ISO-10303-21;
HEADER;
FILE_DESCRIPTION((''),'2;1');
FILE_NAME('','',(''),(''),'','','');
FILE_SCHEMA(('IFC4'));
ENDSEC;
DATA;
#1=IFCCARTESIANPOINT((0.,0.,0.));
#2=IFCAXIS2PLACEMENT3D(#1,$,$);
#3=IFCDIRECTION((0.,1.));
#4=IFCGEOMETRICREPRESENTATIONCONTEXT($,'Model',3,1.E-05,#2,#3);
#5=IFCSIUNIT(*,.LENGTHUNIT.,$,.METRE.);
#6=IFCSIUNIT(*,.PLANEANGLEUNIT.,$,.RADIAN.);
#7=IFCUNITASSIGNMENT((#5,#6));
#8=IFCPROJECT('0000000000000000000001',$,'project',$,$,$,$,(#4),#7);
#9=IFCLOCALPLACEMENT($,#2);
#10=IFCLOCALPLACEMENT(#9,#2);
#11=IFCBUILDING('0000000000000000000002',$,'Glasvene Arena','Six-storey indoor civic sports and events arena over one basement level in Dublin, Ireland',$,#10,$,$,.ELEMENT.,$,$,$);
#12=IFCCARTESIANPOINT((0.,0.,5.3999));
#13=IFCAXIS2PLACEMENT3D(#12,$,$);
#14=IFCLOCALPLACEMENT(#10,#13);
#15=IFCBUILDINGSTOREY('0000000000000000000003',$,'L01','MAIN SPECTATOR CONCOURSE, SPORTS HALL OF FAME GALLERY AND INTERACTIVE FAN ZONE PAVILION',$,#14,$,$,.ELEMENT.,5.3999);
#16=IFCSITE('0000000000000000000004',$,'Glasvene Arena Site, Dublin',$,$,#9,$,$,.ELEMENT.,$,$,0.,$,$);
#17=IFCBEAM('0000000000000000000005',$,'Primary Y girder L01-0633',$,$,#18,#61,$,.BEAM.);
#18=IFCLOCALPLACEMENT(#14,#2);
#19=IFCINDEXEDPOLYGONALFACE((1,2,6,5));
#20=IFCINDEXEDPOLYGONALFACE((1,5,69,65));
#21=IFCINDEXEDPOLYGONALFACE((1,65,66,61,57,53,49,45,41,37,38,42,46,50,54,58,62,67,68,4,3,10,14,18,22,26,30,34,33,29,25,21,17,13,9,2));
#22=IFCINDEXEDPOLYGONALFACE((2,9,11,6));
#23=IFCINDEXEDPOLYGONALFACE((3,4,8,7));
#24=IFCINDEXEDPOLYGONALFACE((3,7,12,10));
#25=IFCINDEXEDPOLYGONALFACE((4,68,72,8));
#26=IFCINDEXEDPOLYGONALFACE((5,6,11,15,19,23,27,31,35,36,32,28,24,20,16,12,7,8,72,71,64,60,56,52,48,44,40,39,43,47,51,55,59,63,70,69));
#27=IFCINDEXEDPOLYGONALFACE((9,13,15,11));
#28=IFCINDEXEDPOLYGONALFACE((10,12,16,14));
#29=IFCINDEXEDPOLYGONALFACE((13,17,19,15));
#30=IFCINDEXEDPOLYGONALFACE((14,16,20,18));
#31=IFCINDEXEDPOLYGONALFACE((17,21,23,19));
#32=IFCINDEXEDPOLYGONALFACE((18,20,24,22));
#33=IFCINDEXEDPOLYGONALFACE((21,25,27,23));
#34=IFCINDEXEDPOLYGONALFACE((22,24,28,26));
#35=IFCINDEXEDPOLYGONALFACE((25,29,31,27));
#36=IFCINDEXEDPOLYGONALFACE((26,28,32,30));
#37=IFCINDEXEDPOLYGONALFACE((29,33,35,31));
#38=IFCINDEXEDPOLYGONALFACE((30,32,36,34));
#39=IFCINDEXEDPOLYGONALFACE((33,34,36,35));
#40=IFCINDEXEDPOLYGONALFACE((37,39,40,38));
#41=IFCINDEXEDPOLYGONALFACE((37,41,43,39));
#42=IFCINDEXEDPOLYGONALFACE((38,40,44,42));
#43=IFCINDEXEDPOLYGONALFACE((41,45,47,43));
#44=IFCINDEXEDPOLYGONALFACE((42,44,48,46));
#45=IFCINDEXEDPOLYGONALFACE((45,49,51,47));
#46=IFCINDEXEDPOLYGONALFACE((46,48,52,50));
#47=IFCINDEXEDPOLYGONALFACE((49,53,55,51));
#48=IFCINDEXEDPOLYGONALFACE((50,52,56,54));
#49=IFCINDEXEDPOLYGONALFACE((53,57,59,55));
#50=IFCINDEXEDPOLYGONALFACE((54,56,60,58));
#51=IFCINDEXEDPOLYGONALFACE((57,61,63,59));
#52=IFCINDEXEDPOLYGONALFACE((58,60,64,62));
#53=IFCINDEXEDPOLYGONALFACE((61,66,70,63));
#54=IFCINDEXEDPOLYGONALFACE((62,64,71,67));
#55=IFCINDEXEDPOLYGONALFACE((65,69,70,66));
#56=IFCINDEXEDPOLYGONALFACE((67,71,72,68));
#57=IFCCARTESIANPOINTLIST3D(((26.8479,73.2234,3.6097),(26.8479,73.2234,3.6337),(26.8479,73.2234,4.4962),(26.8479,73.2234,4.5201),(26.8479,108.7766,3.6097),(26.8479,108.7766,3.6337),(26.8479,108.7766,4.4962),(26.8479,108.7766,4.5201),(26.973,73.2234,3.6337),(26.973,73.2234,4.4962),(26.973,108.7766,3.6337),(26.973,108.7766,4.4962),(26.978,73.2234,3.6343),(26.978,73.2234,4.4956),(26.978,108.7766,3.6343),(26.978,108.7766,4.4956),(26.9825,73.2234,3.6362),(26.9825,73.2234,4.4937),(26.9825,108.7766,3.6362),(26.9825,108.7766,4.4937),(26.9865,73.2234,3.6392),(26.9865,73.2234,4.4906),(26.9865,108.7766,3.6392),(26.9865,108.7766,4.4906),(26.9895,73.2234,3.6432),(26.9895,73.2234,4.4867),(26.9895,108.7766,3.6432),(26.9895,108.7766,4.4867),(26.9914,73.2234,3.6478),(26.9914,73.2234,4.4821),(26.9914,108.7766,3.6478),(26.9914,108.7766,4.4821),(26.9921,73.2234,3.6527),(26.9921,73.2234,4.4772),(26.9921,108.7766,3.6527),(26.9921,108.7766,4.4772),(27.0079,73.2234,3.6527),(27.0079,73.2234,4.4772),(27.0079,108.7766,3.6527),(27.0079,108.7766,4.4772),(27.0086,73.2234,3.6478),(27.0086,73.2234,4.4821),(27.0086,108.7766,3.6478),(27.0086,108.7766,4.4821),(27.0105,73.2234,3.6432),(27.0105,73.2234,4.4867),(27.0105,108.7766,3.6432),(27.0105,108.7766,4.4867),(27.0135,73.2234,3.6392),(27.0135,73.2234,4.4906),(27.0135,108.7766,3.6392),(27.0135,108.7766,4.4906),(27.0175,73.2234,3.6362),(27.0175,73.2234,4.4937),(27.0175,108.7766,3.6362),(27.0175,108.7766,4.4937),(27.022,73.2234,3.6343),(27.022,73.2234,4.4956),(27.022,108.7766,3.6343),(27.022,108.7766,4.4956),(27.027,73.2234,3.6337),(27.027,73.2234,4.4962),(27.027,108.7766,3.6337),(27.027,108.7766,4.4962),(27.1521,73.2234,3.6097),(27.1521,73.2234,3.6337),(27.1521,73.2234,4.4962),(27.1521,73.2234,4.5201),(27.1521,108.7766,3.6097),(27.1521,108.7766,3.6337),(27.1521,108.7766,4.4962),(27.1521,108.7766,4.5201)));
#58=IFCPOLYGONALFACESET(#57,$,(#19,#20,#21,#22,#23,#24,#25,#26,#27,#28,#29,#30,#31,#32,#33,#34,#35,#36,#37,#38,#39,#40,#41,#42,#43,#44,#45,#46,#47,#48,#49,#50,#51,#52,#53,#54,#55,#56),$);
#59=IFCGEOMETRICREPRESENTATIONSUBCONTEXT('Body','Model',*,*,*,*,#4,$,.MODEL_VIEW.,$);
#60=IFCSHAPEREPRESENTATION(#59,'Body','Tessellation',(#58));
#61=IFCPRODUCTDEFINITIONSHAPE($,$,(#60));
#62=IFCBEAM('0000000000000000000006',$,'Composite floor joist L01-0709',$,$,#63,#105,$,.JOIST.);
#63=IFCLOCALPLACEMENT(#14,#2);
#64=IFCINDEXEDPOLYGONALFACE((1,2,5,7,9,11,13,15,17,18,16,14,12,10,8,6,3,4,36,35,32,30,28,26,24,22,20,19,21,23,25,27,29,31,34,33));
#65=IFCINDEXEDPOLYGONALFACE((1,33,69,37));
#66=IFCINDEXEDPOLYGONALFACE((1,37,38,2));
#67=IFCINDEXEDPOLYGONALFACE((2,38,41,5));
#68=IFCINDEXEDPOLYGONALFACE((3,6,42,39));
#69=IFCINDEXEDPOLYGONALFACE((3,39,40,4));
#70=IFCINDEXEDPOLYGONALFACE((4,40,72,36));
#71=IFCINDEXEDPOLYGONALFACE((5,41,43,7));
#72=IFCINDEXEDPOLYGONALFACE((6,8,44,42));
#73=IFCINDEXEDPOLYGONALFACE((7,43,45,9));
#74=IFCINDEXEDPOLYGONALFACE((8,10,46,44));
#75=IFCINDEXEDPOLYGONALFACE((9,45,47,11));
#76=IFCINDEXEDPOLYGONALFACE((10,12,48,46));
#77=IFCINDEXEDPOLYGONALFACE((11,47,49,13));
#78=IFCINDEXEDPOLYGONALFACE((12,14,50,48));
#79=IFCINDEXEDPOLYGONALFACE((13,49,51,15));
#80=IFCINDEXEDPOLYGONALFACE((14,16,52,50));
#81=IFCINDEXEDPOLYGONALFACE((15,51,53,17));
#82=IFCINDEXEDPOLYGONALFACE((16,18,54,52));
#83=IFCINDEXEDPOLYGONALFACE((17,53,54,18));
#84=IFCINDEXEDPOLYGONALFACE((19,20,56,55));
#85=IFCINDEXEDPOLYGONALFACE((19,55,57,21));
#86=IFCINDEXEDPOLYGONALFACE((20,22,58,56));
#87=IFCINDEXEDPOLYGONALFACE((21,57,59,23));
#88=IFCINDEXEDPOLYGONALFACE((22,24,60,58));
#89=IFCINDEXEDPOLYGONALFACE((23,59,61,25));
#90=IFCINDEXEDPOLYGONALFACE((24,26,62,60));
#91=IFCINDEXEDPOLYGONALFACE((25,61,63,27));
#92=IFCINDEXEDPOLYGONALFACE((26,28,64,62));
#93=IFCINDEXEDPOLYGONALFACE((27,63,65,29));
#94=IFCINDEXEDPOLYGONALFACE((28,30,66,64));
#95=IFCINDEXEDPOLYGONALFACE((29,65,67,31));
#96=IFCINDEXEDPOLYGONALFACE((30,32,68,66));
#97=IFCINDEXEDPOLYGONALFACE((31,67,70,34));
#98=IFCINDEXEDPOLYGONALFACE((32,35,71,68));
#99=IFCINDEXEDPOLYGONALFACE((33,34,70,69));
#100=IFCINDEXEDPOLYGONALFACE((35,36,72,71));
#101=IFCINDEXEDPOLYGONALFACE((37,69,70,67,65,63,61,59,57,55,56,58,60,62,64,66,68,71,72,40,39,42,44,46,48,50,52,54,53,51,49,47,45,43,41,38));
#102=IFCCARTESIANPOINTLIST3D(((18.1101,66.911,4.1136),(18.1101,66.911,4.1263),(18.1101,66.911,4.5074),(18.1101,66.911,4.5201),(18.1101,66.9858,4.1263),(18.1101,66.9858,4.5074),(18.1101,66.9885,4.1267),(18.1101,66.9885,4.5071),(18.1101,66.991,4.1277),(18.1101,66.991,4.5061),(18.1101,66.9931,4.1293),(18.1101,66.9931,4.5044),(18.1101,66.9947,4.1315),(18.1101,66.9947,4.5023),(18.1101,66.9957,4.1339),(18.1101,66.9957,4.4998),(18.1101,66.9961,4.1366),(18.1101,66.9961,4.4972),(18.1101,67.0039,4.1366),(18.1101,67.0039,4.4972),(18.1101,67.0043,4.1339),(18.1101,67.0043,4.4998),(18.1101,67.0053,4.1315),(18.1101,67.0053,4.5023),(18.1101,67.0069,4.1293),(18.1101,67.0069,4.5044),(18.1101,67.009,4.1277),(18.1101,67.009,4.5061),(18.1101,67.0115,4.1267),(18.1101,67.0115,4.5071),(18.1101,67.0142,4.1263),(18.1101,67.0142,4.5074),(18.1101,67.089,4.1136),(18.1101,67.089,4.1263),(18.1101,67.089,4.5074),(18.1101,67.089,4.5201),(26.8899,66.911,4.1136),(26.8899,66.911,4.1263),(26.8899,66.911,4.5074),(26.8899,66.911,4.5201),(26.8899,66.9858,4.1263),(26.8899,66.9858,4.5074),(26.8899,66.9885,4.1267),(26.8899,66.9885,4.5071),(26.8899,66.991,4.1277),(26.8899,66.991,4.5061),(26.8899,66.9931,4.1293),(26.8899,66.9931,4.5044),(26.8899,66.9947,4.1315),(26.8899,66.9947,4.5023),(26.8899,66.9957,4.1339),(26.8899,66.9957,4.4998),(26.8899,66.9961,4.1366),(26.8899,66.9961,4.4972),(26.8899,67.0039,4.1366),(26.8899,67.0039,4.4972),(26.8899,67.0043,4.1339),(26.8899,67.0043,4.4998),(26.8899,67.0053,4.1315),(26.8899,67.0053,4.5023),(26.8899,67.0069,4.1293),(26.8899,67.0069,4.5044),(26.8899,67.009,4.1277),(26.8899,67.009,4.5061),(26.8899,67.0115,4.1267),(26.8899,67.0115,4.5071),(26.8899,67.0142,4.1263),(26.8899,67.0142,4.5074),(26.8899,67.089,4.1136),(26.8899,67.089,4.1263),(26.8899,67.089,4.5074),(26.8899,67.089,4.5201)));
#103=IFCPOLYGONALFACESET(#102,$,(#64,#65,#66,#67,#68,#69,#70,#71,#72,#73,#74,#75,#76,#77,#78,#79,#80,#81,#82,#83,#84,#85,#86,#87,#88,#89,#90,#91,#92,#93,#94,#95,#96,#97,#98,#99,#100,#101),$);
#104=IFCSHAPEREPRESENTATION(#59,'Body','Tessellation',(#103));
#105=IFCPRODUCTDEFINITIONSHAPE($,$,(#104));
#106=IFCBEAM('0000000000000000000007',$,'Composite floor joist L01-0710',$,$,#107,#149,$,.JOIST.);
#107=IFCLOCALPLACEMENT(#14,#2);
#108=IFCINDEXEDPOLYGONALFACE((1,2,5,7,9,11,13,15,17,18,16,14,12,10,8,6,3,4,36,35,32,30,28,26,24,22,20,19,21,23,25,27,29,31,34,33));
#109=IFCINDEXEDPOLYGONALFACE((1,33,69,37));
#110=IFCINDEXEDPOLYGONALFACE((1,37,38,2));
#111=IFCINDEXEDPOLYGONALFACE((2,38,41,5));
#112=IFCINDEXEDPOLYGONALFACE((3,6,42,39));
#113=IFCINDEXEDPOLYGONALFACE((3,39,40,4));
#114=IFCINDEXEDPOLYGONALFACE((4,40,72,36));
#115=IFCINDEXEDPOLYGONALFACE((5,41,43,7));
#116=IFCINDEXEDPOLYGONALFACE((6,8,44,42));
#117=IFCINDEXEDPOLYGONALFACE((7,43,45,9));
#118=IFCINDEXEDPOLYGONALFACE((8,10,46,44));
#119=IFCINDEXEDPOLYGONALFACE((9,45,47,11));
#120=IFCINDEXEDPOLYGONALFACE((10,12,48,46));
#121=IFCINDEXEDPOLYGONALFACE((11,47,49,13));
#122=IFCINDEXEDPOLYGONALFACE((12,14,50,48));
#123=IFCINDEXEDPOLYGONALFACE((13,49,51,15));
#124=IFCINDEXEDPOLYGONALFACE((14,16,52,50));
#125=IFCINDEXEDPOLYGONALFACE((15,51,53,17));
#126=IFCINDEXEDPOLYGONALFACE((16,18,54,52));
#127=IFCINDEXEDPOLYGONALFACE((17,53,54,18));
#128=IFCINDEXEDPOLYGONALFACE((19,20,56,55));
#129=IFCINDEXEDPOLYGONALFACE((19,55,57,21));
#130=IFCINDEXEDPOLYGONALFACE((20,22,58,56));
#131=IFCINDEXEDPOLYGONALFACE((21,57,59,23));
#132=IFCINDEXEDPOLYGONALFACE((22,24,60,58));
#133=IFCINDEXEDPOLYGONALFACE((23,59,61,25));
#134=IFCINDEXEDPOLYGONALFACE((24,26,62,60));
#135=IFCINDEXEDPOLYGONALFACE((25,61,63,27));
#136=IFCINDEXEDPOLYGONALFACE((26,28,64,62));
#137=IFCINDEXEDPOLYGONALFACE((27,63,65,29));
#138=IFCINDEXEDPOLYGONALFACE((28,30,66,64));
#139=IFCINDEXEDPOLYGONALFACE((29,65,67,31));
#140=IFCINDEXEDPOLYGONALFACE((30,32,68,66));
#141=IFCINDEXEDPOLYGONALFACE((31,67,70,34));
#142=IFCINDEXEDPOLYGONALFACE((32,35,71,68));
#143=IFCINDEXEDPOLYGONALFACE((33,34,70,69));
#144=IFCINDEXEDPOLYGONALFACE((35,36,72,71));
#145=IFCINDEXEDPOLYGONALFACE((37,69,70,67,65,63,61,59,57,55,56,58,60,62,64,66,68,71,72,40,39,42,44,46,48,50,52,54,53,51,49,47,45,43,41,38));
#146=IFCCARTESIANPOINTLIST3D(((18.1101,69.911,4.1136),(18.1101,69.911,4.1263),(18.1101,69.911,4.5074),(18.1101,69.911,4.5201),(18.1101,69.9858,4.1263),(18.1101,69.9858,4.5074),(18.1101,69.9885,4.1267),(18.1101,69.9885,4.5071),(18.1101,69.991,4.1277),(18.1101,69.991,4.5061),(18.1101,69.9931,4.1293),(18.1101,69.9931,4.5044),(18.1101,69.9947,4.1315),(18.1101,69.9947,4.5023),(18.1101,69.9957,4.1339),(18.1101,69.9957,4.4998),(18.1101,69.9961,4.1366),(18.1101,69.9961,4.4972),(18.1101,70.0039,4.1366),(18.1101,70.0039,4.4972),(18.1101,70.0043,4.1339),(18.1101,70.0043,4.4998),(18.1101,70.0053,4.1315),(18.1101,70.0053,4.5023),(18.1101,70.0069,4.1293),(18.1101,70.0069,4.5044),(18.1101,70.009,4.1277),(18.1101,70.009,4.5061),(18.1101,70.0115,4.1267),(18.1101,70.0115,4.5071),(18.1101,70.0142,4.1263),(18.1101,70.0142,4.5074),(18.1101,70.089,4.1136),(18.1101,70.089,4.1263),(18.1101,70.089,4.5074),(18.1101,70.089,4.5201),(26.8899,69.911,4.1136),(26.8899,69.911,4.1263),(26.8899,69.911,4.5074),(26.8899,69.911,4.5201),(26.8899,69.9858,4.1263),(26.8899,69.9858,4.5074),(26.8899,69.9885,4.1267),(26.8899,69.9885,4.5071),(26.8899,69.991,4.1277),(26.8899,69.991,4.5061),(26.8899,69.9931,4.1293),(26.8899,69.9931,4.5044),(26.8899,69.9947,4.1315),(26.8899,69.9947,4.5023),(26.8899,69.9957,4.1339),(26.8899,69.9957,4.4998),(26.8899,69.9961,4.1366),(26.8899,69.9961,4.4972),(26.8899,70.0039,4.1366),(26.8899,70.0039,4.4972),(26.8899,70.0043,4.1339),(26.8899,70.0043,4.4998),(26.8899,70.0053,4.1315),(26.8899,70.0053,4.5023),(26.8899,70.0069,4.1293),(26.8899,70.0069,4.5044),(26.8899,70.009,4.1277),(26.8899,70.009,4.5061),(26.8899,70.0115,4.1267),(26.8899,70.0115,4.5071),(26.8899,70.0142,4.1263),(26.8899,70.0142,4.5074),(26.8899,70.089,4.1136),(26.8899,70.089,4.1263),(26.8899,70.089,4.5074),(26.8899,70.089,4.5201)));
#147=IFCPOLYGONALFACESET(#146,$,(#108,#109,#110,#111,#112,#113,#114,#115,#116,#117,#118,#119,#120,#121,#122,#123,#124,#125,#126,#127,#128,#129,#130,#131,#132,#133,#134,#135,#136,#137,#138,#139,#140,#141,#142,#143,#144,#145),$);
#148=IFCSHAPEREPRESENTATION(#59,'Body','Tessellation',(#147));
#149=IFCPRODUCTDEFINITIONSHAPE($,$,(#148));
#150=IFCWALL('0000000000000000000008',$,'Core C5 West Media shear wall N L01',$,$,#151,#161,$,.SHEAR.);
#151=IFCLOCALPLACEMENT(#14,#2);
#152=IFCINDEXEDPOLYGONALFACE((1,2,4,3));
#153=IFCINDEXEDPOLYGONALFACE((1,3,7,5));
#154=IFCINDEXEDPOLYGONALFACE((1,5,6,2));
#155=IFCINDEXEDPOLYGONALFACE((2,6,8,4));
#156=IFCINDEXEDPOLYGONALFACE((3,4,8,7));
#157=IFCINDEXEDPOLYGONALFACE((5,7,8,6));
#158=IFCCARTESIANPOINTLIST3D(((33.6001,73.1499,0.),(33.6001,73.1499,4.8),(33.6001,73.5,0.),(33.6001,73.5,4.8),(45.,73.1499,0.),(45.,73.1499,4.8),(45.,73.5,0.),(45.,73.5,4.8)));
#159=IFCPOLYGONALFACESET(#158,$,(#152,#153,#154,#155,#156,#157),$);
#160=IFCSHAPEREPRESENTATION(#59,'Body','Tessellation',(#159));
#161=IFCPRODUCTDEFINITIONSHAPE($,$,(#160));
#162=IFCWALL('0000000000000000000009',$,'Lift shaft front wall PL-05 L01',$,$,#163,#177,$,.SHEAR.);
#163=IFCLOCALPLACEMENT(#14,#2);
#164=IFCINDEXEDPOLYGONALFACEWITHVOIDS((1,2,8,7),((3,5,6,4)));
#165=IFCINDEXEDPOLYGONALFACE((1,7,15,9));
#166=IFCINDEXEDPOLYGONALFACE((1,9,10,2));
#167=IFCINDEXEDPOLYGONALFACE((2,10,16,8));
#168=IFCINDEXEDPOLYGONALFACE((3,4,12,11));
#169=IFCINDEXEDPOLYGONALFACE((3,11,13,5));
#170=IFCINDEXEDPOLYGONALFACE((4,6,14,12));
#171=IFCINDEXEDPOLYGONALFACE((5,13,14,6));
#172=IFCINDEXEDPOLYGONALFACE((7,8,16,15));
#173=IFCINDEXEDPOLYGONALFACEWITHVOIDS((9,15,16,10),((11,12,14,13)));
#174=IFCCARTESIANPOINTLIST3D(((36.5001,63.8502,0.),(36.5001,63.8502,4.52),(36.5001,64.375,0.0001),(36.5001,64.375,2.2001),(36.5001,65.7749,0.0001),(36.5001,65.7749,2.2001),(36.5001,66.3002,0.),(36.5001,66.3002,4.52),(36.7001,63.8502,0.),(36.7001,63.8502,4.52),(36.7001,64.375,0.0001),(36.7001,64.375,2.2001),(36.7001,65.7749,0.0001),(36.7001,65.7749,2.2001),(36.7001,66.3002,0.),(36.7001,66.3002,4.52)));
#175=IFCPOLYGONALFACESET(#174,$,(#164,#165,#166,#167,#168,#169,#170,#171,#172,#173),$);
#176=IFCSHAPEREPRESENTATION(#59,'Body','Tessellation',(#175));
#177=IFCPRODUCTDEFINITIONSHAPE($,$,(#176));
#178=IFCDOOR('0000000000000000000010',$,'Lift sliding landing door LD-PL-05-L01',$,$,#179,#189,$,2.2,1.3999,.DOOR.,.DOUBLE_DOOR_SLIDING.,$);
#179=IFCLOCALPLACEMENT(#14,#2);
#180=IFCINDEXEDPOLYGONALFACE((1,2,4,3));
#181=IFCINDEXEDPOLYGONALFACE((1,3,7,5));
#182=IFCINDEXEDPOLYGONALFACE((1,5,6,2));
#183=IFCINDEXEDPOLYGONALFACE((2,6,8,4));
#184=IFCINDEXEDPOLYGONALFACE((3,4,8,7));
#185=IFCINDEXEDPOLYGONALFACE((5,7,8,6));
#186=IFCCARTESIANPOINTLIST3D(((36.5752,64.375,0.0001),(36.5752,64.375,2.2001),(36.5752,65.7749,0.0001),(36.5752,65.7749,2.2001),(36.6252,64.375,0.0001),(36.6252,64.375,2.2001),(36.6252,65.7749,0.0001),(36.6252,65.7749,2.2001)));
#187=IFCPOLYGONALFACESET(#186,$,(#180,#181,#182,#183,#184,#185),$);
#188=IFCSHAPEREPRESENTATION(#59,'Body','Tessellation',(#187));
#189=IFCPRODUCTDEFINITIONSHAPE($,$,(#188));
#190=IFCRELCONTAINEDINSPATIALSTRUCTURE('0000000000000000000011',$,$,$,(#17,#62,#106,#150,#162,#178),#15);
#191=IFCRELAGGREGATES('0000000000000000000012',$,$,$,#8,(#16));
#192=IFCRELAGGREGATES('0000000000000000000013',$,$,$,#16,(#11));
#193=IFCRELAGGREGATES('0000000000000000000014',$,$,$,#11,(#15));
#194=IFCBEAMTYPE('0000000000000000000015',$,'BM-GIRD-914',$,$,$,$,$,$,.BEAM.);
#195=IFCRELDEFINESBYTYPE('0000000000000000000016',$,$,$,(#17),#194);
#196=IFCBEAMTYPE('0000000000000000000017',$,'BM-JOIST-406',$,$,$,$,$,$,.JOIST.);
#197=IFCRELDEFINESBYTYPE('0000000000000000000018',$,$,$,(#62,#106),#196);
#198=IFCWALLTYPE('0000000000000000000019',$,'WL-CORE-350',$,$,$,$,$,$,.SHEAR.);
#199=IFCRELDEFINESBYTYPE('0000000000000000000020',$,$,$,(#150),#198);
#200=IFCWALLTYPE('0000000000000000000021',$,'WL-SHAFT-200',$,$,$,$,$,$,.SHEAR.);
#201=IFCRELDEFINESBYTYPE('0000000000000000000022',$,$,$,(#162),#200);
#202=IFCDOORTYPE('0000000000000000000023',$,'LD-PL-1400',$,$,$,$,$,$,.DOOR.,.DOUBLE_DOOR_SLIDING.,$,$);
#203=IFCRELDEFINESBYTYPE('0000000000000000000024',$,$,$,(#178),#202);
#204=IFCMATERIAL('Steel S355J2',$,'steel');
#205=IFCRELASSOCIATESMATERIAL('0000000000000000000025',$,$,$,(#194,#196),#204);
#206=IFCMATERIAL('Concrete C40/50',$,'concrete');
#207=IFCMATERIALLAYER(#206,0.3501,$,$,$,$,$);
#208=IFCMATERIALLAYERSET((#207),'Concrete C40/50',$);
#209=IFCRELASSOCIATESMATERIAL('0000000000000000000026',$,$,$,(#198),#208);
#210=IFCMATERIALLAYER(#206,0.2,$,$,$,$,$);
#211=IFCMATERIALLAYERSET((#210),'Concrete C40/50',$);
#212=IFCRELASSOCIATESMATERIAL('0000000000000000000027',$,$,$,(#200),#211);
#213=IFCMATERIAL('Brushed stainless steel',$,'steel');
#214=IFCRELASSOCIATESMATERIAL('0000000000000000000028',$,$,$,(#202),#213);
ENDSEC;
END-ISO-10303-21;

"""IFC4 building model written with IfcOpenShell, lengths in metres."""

from ifc_helpers import new_model, si_unit, direction, frame, frame_2d, origin, origin_2d, place, context, subcontext, project, spatial, rectangle, i_section, extrude, material, layer, layer_set, material_profile, profile_set, type_object, element, fill, save


model = new_model("IFC4")

# Units and contexts
model_context = context("Model", 3, precision=1e-05, world=origin(), true_north=direction((0.0, 1.0)))
body_context = subcontext(model_context, "Body", "Model", "MODEL_VIEW")
ifc_project = project(units=[si_unit("LENGTHUNIT", "METRE"), si_unit("PLANEANGLEUNIT", "RADIAN")], contexts=[model_context])

# Site, building, storey
site_placement = place(None, origin())
site = spatial("IfcSite", under=ifc_project, at=site_placement, Name="Glasvene Arena Site, Dublin", CompositionType="ELEMENT", RefElevation=0.0)
building_placement = place(site_placement, origin())
building = spatial("IfcBuilding", under=site, at=building_placement, Name="Glasvene Arena", Description="Six-storey indoor civic sports and events arena over one basement level in Dublin, Ireland", CompositionType="ELEMENT")
storey_placement = place(building_placement, frame((0.0, 0.0, 5.3999)))
storey = spatial("IfcBuildingStorey", under=building, at=storey_placement, Name="L01", Description="MAIN SPECTATOR CONCOURSE, SPORTS HALL OF FAME GALLERY AND INTERACTIVE FAN ZONE PAVILION", CompositionType="ELEMENT", Elevation=5.3999)

# Shared definitions
ifc_material_1 = material(Name="Steel S355J2", Category="steel")

# Beams
ifc_material_profile_1 = material_profile(ifc_material_1, i_section(OverallWidth=0.3042, OverallDepth=0.9104, WebThickness=0.0159, FlangeThickness=0.0239, FilletRadius=0.019, at=origin_2d()), Name="UKB 914x305x224")
ifc_profile_set_1 = profile_set([ifc_material_profile_1], Name="Steel S355J2")
beam_type_1 = type_object("IfcBeamType", Name="BM-GIRD-914", PredefinedType="BEAM", material=ifc_profile_set_1)
beam_1_placement = place(storey_placement, frame((27.0, 73.2234, 4.0649), z_axis=(0.0, 1.0, 0.0), x_axis=(-1.0, 0.0, 0.0)))
element("IfcBeam", 1, at=beam_1_placement, inside=storey, type_object=beam_type_1, Name="Primary Y girder L01-0633", PredefinedType="BEAM", context=body_context, shape_type="SweptSolid", body=[
    extrude(i_section(OverallWidth=0.3042, OverallDepth=0.9104, WebThickness=0.0159, FlangeThickness=0.0239, FilletRadius=0.019, at=origin_2d()), origin(), (0.0, 0.0, 1.0), 35.5532),
])
ifc_material_profile_2 = material_profile(ifc_material_1, i_section(OverallWidth=0.178, OverallDepth=0.4065, WebThickness=0.0078, FlangeThickness=0.0127, FilletRadius=0.0103, at=origin_2d()), Name="UKB 406x178x60")
ifc_profile_set_2 = profile_set([ifc_material_profile_2], Name="Steel S355J2")
beam_type_2 = type_object("IfcBeamType", Name="BM-JOIST-406", PredefinedType="JOIST", material=ifc_profile_set_2)
for number, where, z_axis, x_axis, name in (
    (2, (18.1101, 67.0, 4.3169), (1.0, 0.0, 0.0), (0.0, 1.0, 0.0), "Composite floor joist L01-0709"),
    (3, (18.1101, 70.0, 4.3169), (1.0, 0.0, 0.0), (0.0, 1.0, 0.0), "Composite floor joist L01-0710"),
):
    element("IfcBeam", number, at=place(storey_placement, frame(where, z_axis=z_axis, x_axis=x_axis)), inside=storey, type_object=beam_type_2, Name=name, PredefinedType="JOIST", context=body_context, shape_type="SweptSolid", body=[
        extrude(i_section(OverallWidth=0.178, OverallDepth=0.4065, WebThickness=0.0078, FlangeThickness=0.0127, FilletRadius=0.0103, at=origin_2d()), origin(), (0.0, 0.0, 1.0), 8.7798),
    ])

# Shared definitions
ifc_material_2 = material(Name="Concrete C40/50", Category="concrete")

# Wall
ifc_layer_1 = layer(ifc_material_2, 0.3501)
ifc_layer_set_1 = layer_set([ifc_layer_1], Name="Concrete C40/50")
wall_type_1 = type_object("IfcWallType", Name="WL-CORE-350", PredefinedType="SHEAR", material=ifc_layer_set_1)
wall_1_placement = place(storey_placement, frame((33.6001, 73.325, 0.0), z_axis=(0.0, 0.0, 1.0), x_axis=(1.0, 0.0, 0.0)))
element("IfcWall", 4, at=wall_1_placement, inside=storey, type_object=wall_type_1, Name="Core C5 West Media shear wall N L01", PredefinedType="SHEAR", context=body_context, shape_type="SweptSolid", body=[
    extrude(rectangle(XDim=11.3999, YDim=0.3501, at=frame_2d((5.7, 0.0))), origin(), (0.0, 0.0, 1.0), 4.8),
])

# Wall, opening, door
ifc_layer_2 = layer(ifc_material_2, 0.2)
ifc_layer_set_2 = layer_set([ifc_layer_2], Name="Concrete C40/50")
wall_type_2 = type_object("IfcWallType", Name="WL-SHAFT-200", PredefinedType="SHEAR", material=ifc_layer_set_2)
wall_2_placement = place(storey_placement, frame((36.6001, 63.8501, 0.0), z_axis=(0.0, 0.0, 1.0), x_axis=(0.0, 1.0, 0.0)))
wall_2 = element("IfcWall", 5, at=wall_2_placement, inside=storey, type_object=wall_type_2, Name="Lift shaft front wall PL-05 L01", PredefinedType="SHEAR", context=body_context, shape_type="SweptSolid", body=[
    extrude(rectangle(XDim=2.45, YDim=0.2, at=frame_2d((1.2251, 0.0))), origin(), (0.0, 0.0, 1.0), 4.52),
])
opening_1_placement = place(wall_2_placement, frame((0.5249, 0.0, 0.0)))
opening_1 = element("IfcOpeningElement", 6, at=opening_1_placement, cuts=wall_2, PredefinedType="OPENING", context=body_context, shape_type="SweptSolid", body=[
    extrude(rectangle(XDim=1.3999, YDim=2.2, at=frame_2d((0.7, 1.1001))), frame((0.0, 0.1099, 0.0), z_axis=(0.0, -1.0, 0.0), x_axis=(1.0, 0.0, 0.0)), (0.0, 0.0, 1.0), 0.22),
])
ifc_material_3 = material(Name="Brushed stainless steel", Category="steel")
door_type_1 = type_object("IfcDoorType", Name="LD-PL-1400", OperationType="DOUBLE_DOOR_SLIDING", PredefinedType="DOOR", material=ifc_material_3)
door_1_placement = place(opening_1_placement, origin())
door_1 = element("IfcDoor", 7, at=door_1_placement, inside=storey, type_object=door_type_1, Name="Lift sliding landing door LD-PL-05-L01", OperationType="DOUBLE_DOOR_SLIDING", OverallHeight=2.2, OverallWidth=1.3999, PredefinedType="DOOR", context=body_context, shape_type="SweptSolid", body=[
    extrude(rectangle(XDim=1.3999, YDim=2.2, at=frame_2d((0.7, 1.1001))), frame((0.0, 0.0249, 0.0), z_axis=(0.0, -1.0, 0.0), x_axis=(1.0, 0.0, 0.0)), (0.0, 0.0, 1.0), 0.05),
])
fill(opening_1, door_1)

save(model, "model.ifc")
